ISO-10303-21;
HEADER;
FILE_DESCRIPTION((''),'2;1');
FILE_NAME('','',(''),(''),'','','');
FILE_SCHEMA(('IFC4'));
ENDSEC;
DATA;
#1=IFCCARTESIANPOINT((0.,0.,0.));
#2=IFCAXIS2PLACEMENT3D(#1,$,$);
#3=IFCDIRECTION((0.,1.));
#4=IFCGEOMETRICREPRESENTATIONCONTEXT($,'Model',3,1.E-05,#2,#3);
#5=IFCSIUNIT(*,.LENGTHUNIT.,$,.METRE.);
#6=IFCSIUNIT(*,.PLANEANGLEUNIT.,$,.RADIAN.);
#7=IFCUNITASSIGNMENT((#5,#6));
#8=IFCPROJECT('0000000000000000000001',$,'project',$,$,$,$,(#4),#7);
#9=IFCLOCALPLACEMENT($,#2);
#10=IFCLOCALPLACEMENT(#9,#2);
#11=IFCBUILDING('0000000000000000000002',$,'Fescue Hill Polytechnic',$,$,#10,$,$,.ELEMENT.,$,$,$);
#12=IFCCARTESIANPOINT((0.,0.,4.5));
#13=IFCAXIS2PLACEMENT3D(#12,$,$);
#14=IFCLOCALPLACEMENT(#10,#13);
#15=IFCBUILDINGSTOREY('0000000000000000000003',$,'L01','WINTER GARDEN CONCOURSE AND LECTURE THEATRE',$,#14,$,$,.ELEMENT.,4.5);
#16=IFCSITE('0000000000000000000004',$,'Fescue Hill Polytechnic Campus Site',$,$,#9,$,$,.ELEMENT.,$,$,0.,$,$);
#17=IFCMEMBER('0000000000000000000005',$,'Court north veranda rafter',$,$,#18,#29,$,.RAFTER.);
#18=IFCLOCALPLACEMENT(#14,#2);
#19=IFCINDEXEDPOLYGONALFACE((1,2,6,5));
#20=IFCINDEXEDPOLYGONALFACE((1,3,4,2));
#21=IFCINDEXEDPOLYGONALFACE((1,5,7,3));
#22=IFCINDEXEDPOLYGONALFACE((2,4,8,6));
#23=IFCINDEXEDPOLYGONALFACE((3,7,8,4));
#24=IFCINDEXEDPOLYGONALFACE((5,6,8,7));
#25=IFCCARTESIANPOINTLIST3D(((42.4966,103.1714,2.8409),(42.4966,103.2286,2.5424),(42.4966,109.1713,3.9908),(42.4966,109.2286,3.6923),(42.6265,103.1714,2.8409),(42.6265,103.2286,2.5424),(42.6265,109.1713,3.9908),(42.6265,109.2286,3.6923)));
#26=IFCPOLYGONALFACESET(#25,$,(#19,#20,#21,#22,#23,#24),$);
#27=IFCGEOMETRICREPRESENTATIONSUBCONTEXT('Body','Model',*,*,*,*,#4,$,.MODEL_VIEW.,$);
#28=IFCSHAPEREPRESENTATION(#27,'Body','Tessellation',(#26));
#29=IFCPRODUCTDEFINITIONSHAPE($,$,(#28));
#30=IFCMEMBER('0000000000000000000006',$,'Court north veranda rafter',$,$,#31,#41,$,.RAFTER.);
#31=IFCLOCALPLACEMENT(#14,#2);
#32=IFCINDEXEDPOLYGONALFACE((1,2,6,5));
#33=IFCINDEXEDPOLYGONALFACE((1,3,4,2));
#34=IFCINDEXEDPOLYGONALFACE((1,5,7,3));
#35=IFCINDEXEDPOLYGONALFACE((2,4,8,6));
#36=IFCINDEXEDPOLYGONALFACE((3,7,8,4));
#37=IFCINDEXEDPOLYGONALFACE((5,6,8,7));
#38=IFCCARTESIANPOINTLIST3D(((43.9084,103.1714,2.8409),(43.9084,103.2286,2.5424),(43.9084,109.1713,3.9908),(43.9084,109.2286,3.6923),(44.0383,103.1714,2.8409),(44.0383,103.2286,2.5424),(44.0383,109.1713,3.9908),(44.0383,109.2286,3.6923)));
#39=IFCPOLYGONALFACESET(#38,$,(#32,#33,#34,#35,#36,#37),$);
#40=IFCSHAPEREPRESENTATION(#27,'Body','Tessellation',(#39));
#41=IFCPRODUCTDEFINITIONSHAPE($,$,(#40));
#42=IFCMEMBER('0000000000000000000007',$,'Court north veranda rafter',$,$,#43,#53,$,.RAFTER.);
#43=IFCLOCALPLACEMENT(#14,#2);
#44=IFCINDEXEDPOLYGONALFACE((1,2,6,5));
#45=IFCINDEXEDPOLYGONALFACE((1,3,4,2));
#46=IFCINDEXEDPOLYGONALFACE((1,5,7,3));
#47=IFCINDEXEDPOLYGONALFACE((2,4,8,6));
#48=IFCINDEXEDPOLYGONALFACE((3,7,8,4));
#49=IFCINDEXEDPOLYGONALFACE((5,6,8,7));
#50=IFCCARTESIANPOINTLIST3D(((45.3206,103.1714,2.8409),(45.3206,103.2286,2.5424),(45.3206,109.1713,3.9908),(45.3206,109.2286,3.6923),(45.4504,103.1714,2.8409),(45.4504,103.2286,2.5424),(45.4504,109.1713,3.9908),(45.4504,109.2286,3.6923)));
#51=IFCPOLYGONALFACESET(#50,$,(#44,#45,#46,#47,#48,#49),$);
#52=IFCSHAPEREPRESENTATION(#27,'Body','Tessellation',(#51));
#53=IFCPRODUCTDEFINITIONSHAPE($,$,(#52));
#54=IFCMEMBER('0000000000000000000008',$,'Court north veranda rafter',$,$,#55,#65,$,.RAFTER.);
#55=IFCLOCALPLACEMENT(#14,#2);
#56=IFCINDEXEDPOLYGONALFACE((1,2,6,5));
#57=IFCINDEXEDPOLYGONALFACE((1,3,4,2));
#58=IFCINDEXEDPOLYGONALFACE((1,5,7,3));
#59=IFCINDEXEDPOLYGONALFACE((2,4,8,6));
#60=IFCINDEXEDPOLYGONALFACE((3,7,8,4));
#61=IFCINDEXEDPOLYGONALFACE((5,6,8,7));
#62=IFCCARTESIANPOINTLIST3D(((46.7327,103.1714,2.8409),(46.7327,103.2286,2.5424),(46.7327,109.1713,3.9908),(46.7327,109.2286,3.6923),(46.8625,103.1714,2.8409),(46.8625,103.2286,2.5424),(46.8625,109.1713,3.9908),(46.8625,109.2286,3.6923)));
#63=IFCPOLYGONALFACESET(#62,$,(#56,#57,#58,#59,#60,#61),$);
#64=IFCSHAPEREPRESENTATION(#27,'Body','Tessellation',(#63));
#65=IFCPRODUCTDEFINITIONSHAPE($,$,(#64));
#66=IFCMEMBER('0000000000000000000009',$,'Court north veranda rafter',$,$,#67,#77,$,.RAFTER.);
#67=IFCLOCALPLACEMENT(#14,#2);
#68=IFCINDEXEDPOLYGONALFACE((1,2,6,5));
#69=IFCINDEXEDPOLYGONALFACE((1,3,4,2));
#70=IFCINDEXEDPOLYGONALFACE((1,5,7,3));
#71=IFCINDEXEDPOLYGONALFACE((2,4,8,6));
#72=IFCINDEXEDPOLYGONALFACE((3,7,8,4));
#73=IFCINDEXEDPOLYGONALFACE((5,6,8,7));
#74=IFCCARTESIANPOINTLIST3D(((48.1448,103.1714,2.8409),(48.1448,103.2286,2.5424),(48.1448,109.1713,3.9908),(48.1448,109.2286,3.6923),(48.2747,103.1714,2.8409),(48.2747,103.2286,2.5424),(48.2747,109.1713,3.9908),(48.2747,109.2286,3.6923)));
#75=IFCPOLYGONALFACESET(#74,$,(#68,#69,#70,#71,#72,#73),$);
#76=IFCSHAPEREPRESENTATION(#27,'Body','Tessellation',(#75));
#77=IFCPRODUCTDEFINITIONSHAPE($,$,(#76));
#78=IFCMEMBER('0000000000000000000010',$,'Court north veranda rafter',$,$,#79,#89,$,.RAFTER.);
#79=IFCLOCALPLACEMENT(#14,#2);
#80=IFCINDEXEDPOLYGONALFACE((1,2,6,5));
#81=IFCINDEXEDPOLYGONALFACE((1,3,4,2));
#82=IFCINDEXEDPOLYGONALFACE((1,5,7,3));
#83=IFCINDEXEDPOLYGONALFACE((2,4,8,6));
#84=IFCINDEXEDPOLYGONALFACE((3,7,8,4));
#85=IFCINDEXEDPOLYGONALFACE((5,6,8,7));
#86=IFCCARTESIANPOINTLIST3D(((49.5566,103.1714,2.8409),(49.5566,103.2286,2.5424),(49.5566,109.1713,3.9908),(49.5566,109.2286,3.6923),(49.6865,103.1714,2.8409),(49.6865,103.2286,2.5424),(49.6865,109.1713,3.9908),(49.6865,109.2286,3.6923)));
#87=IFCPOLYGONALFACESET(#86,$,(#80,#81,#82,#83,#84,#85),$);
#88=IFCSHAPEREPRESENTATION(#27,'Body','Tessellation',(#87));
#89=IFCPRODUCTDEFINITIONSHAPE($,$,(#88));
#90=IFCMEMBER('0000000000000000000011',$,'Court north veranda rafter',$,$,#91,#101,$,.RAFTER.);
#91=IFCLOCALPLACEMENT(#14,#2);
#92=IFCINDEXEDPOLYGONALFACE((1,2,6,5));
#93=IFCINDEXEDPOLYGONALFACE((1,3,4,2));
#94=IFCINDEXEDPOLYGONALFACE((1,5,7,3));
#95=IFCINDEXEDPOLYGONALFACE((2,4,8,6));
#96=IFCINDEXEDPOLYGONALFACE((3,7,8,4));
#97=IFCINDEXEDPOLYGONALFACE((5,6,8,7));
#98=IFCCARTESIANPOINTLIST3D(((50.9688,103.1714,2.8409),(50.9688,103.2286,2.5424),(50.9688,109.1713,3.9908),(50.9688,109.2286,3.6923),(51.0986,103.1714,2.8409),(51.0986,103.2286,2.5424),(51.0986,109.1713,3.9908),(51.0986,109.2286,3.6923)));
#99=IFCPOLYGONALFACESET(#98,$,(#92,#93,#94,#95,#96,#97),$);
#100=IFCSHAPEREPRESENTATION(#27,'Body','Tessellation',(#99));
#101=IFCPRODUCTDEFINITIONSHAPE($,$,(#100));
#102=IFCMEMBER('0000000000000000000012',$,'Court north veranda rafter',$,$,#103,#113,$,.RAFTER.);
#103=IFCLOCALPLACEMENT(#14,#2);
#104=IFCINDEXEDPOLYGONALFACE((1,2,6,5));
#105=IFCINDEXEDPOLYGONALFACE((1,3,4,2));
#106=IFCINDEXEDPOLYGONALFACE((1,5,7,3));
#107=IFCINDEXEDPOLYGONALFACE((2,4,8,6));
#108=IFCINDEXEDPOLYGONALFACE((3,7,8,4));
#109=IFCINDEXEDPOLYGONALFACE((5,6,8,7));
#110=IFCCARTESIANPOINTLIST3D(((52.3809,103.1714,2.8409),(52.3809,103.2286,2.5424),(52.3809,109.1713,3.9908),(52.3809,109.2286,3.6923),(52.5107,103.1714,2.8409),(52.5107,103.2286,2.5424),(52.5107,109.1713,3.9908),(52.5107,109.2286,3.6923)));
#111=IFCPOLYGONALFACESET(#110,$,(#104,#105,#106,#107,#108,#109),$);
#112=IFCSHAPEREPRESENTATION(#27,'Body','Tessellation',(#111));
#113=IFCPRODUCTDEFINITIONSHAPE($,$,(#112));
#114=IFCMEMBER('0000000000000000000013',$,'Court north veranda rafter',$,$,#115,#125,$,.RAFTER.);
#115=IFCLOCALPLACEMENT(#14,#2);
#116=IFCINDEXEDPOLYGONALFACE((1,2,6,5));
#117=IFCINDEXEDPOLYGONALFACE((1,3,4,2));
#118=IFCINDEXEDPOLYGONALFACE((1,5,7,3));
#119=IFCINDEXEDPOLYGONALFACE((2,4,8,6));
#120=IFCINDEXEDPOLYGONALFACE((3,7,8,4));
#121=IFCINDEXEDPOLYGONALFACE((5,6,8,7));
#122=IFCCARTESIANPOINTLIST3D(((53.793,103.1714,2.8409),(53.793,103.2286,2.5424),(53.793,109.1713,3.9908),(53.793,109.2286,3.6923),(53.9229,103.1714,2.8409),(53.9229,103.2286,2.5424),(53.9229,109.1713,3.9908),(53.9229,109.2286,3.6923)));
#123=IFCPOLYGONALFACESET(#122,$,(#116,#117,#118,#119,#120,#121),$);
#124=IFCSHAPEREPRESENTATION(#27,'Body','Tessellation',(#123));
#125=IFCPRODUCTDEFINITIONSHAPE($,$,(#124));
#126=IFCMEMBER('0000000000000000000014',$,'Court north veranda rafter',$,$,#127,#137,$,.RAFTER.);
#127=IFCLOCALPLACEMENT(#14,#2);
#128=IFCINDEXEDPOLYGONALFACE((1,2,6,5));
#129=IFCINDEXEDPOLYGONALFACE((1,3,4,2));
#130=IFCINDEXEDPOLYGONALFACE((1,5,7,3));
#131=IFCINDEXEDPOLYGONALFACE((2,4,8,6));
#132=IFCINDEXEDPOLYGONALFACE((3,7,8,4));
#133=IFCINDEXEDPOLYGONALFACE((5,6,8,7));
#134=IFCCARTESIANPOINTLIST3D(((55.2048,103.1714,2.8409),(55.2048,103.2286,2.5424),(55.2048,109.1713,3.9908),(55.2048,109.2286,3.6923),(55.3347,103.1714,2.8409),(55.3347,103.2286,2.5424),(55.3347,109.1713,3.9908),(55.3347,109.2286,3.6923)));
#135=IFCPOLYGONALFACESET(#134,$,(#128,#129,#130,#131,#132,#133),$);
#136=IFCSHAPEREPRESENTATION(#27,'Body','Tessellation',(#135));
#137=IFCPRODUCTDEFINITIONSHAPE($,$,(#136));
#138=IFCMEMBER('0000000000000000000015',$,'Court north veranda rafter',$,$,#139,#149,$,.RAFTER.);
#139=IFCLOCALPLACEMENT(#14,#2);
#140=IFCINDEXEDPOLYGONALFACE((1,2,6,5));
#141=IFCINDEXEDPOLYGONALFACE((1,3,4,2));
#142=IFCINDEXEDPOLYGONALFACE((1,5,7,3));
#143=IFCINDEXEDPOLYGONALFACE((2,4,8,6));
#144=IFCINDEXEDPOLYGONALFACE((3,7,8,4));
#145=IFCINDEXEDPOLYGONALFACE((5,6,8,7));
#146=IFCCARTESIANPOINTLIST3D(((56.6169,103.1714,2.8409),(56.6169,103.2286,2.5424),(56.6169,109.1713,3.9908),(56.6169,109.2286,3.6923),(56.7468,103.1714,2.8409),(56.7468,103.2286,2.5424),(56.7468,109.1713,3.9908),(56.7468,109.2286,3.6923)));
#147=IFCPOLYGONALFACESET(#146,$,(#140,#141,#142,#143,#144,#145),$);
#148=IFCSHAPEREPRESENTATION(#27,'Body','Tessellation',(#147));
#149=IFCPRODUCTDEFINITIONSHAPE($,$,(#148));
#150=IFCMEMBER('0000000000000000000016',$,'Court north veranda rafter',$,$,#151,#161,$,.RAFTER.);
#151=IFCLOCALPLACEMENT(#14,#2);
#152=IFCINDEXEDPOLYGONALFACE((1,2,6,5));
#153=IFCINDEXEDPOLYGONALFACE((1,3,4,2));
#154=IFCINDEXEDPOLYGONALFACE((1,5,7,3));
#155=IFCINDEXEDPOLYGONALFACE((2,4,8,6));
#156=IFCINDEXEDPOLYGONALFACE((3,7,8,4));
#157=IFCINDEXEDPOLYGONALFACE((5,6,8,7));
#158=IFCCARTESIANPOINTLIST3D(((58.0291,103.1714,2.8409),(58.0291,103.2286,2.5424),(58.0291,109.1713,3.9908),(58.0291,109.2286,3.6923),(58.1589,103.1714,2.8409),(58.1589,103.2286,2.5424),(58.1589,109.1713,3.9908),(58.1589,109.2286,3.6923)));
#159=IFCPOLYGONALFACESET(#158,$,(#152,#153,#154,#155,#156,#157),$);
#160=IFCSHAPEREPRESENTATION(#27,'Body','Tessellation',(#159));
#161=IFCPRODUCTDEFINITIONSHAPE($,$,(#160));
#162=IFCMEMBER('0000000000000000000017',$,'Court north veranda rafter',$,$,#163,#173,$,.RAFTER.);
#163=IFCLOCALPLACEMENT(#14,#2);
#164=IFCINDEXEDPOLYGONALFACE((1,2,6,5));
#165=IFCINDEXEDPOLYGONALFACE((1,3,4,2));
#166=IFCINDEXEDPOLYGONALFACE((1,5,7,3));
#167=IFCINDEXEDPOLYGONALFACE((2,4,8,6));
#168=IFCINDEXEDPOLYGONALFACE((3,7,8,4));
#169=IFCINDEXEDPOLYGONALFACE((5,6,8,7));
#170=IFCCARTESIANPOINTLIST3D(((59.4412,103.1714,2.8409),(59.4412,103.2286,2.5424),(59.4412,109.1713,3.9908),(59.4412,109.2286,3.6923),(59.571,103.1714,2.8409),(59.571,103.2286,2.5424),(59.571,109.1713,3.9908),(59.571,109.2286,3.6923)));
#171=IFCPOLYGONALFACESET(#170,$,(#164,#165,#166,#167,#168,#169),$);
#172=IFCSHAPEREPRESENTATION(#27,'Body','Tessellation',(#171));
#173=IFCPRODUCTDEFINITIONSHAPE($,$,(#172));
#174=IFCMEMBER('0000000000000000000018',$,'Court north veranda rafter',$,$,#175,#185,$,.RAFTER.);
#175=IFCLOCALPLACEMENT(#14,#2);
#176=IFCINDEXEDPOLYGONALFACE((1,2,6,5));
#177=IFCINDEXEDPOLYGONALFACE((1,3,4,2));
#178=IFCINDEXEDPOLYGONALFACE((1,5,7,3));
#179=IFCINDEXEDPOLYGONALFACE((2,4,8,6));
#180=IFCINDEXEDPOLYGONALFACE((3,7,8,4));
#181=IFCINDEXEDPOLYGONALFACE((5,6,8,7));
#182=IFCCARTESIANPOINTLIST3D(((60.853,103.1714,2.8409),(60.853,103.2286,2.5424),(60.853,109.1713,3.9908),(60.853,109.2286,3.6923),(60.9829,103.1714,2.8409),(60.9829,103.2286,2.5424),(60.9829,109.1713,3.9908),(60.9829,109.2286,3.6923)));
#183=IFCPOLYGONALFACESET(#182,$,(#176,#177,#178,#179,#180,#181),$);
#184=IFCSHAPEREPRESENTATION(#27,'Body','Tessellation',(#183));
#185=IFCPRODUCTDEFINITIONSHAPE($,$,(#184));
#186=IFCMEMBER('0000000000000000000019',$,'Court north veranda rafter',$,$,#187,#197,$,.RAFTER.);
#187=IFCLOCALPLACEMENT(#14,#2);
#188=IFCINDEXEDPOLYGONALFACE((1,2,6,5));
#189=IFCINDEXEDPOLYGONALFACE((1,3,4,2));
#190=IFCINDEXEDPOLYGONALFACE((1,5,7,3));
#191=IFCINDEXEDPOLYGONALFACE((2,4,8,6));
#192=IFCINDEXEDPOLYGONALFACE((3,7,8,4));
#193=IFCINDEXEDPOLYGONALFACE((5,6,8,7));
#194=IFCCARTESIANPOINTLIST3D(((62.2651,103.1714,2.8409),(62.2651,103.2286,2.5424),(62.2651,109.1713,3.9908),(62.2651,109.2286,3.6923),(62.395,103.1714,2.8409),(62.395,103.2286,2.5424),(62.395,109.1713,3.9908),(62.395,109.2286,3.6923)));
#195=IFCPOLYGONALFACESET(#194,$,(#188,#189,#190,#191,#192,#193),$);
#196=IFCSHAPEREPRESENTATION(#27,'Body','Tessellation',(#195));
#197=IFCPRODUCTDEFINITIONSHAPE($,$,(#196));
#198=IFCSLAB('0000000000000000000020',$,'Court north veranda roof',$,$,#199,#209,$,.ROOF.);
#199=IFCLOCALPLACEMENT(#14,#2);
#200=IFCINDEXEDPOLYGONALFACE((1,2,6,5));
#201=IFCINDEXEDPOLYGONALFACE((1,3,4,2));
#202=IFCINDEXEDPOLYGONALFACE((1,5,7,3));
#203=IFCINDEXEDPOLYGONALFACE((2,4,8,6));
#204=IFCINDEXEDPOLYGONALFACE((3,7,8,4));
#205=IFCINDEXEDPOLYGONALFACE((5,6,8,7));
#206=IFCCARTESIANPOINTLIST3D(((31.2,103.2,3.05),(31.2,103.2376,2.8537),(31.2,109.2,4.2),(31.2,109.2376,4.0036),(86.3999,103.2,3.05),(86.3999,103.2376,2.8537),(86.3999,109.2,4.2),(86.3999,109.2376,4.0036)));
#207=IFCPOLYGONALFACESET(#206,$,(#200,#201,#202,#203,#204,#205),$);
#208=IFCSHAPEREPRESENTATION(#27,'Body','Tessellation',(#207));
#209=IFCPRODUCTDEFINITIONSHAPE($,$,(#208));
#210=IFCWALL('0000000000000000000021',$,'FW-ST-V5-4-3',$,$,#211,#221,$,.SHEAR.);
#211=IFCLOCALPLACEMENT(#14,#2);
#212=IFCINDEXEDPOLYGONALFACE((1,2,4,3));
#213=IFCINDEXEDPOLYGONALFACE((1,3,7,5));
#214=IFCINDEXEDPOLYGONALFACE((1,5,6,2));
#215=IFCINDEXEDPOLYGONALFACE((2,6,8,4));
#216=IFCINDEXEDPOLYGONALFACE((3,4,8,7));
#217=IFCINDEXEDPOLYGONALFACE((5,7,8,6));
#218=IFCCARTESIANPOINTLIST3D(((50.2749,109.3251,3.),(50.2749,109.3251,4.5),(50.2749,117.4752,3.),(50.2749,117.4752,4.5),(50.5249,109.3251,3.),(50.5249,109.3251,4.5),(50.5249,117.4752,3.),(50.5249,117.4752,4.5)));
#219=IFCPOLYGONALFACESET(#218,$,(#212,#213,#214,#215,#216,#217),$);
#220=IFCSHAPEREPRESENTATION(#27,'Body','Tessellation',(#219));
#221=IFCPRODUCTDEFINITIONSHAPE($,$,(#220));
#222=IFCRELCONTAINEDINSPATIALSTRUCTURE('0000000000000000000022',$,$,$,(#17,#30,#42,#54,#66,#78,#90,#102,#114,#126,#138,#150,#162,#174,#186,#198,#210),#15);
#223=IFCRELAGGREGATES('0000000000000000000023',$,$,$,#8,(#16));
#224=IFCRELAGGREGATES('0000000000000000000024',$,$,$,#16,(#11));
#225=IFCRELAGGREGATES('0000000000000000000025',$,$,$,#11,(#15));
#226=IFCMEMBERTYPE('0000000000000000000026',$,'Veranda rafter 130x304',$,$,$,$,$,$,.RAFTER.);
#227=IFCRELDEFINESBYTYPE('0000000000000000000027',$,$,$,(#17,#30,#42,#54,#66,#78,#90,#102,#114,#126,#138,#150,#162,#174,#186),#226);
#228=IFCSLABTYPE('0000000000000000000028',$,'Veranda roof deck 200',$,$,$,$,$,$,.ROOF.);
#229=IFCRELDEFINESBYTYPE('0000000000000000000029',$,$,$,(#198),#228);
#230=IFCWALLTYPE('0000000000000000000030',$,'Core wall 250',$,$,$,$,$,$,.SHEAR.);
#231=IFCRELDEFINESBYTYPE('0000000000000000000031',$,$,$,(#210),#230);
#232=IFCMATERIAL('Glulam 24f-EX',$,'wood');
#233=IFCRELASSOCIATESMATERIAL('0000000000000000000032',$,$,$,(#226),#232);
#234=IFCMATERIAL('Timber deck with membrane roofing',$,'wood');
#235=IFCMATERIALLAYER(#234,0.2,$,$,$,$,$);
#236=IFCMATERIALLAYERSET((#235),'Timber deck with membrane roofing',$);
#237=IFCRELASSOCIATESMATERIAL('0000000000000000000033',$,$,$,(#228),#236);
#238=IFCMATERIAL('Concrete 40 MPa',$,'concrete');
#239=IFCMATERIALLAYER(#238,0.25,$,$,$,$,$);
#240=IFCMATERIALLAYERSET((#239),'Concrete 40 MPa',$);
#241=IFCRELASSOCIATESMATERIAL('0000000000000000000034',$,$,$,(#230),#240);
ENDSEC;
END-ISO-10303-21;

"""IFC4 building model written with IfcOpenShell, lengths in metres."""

from ifc_helpers import new_model, si_unit, direction, frame, frame_2d, origin, origin_2d, place, context, subcontext, project, spatial, polyline, rectangle, outline, extrude, material, layer, layer_set, material_profile, profile_set, type_object, element, save


model = new_model("IFC4")

# Units and contexts
model_context = context("Model", 3, precision=1e-05, world=origin(), true_north=direction((0.0, 1.0)))
body_context = subcontext(model_context, "Body", "Model", "MODEL_VIEW")
ifc_project = project(units=[si_unit("LENGTHUNIT", "METRE"), si_unit("PLANEANGLEUNIT", "RADIAN")], contexts=[model_context])

# Site, building, storey
site_placement = place(None, origin())
site = spatial("IfcSite", under=ifc_project, at=site_placement, Name="Fescue Hill Polytechnic Campus Site", CompositionType="ELEMENT", RefElevation=0.0)
building_placement = place(site_placement, origin())
building = spatial("IfcBuilding", under=site, at=building_placement, Name="Fescue Hill Polytechnic", CompositionType="ELEMENT")
storey_placement = place(building_placement, frame((0.0, 0.0, 4.5)))
storey = spatial("IfcBuildingStorey", under=building, at=storey_placement, Name="L01", Description="WINTER GARDEN CONCOURSE AND LECTURE THEATRE", CompositionType="ELEMENT", Elevation=4.5)

# Shared definitions
ifc_material_1 = material(Name="Glulam 24f-EX", Category="wood")

# Members
ifc_material_profile_1 = material_profile(ifc_material_1, rectangle(XDim=0.1299, YDim=0.304, at=origin_2d()), Name="Veranda rafter 130x304")
ifc_profile_set_1 = profile_set([ifc_material_profile_1], Name="Glulam 24f-EX")
member_type = type_object("IfcMemberType", Name="Veranda rafter 130x304", PredefinedType="RAFTER", material=ifc_profile_set_1)
for number, where, z_axis, x_axis, name in (
    (1, (42.5615, 109.2, 3.8416), (0.0, -0.982126, -0.188225), (1.0, 0.0, 0.0), "Court north veranda rafter"),
    (2, (43.9734, 109.2, 3.8416), (0.0, -0.982126, -0.188225), (1.0, 0.0, 0.0), "Court north veranda rafter"),
    (3, (45.3855, 109.2, 3.8416), (0.0, -0.982126, -0.188225), (1.0, 0.0, 0.0), "Court north veranda rafter"),
    (4, (46.7976, 109.2, 3.8416), (0.0, -0.982126, -0.188225), (1.0, 0.0, 0.0), "Court north veranda rafter"),
    (5, (48.2097, 109.2, 3.8416), (0.0, -0.982126, -0.188225), (1.0, 0.0, 0.0), "Court north veranda rafter"),
    (6, (49.6216, 109.2, 3.8416), (0.0, -0.982126, -0.188225), (1.0, 0.0, 0.0), "Court north veranda rafter"),
    (7, (51.0337, 109.2, 3.8416), (0.0, -0.982126, -0.188225), (1.0, 0.0, 0.0), "Court north veranda rafter"),
    (8, (52.4458, 109.2, 3.8416), (0.0, -0.982126, -0.188225), (1.0, 0.0, 0.0), "Court north veranda rafter"),
    (9, (53.8579, 109.2, 3.8416), (0.0, -0.982126, -0.188225), (1.0, 0.0, 0.0), "Court north veranda rafter"),
    (10, (55.2698, 109.2, 3.8416), (0.0, -0.982126, -0.188225), (1.0, 0.0, 0.0), "Court north veranda rafter"),
    (11, (56.6819, 109.2, 3.8416), (0.0, -0.982126, -0.188225), (1.0, 0.0, 0.0), "Court north veranda rafter"),
    (12, (58.094, 109.2, 3.8416), (0.0, -0.982126, -0.188225), (1.0, 0.0, 0.0), "Court north veranda rafter"),
    (13, (59.5061, 109.2, 3.8416), (0.0, -0.982126, -0.188225), (1.0, 0.0, 0.0), "Court north veranda rafter"),
    (14, (60.918, 109.2, 3.8416), (0.0, -0.982126, -0.188225), (1.0, 0.0, 0.0), "Court north veranda rafter"),
    (15, (62.3301, 109.2, 3.8416), (0.0, -0.982126, -0.188225), (1.0, 0.0, 0.0), "Court north veranda rafter"),
):
    element("IfcMember", number, at=place(storey_placement, frame(where, z_axis=z_axis, x_axis=x_axis)), inside=storey, type_object=member_type, Name=name, PredefinedType="RAFTER", context=body_context, shape_type="SweptSolid", body=[
        extrude(rectangle(XDim=0.1299, YDim=0.304, at=origin_2d()), origin(), (0.0, 0.0, 1.0), 6.1091),
    ])

# Slab
ifc_material_2 = material(Name="Timber deck with membrane roofing", Category="wood")
ifc_layer_1 = layer(ifc_material_2, 0.2)
ifc_layer_set_1 = layer_set([ifc_layer_1], Name="Timber deck with membrane roofing")
slab_type = type_object("IfcSlabType", Name="Veranda roof deck 200", PredefinedType="ROOF", material=ifc_layer_set_1)
slab_placement = place(storey_placement, frame((31.2, 109.2, 4.2), z_axis=(0.0, -0.188225, 0.982126), x_axis=(1.0, 0.0, 0.0)))
element("IfcSlab", 16, at=slab_placement, inside=storey, type_object=slab_type, Name="Court north veranda roof", PredefinedType="ROOF", context=body_context, shape_type="SweptSolid", body=[
    extrude(outline(polyline([(0.0, 0.0), (55.2, 0.0), (55.2, -6.1092), (0.0, -6.1092), (0.0, 0.0)])), origin(), (0.0, 0.0, -1.0), 0.2),
])

# Wall
ifc_material_3 = material(Name="Concrete 40 MPa", Category="concrete")
ifc_layer_2 = layer(ifc_material_3, 0.25)
ifc_layer_set_2 = layer_set([ifc_layer_2], Name="Concrete 40 MPa")
wall_type = type_object("IfcWallType", Name="Core wall 250", PredefinedType="SHEAR", material=ifc_layer_set_2)
wall_placement = place(storey_placement, frame((50.3999, 109.325, 3.0), z_axis=(0.0, 0.0, 1.0), x_axis=(0.0, 1.0, 0.0)))
element("IfcWall", 17, at=wall_placement, inside=storey, type_object=wall_type, Name="FW-ST-V5-4-3", PredefinedType="SHEAR", context=body_context, shape_type="SweptSolid", body=[
    extrude(rectangle(XDim=8.1501, YDim=0.25, at=frame_2d((4.0752, 0.0))), origin(), (0.0, 0.0, 1.0), 1.5),
])

save(model, "model.ifc")
